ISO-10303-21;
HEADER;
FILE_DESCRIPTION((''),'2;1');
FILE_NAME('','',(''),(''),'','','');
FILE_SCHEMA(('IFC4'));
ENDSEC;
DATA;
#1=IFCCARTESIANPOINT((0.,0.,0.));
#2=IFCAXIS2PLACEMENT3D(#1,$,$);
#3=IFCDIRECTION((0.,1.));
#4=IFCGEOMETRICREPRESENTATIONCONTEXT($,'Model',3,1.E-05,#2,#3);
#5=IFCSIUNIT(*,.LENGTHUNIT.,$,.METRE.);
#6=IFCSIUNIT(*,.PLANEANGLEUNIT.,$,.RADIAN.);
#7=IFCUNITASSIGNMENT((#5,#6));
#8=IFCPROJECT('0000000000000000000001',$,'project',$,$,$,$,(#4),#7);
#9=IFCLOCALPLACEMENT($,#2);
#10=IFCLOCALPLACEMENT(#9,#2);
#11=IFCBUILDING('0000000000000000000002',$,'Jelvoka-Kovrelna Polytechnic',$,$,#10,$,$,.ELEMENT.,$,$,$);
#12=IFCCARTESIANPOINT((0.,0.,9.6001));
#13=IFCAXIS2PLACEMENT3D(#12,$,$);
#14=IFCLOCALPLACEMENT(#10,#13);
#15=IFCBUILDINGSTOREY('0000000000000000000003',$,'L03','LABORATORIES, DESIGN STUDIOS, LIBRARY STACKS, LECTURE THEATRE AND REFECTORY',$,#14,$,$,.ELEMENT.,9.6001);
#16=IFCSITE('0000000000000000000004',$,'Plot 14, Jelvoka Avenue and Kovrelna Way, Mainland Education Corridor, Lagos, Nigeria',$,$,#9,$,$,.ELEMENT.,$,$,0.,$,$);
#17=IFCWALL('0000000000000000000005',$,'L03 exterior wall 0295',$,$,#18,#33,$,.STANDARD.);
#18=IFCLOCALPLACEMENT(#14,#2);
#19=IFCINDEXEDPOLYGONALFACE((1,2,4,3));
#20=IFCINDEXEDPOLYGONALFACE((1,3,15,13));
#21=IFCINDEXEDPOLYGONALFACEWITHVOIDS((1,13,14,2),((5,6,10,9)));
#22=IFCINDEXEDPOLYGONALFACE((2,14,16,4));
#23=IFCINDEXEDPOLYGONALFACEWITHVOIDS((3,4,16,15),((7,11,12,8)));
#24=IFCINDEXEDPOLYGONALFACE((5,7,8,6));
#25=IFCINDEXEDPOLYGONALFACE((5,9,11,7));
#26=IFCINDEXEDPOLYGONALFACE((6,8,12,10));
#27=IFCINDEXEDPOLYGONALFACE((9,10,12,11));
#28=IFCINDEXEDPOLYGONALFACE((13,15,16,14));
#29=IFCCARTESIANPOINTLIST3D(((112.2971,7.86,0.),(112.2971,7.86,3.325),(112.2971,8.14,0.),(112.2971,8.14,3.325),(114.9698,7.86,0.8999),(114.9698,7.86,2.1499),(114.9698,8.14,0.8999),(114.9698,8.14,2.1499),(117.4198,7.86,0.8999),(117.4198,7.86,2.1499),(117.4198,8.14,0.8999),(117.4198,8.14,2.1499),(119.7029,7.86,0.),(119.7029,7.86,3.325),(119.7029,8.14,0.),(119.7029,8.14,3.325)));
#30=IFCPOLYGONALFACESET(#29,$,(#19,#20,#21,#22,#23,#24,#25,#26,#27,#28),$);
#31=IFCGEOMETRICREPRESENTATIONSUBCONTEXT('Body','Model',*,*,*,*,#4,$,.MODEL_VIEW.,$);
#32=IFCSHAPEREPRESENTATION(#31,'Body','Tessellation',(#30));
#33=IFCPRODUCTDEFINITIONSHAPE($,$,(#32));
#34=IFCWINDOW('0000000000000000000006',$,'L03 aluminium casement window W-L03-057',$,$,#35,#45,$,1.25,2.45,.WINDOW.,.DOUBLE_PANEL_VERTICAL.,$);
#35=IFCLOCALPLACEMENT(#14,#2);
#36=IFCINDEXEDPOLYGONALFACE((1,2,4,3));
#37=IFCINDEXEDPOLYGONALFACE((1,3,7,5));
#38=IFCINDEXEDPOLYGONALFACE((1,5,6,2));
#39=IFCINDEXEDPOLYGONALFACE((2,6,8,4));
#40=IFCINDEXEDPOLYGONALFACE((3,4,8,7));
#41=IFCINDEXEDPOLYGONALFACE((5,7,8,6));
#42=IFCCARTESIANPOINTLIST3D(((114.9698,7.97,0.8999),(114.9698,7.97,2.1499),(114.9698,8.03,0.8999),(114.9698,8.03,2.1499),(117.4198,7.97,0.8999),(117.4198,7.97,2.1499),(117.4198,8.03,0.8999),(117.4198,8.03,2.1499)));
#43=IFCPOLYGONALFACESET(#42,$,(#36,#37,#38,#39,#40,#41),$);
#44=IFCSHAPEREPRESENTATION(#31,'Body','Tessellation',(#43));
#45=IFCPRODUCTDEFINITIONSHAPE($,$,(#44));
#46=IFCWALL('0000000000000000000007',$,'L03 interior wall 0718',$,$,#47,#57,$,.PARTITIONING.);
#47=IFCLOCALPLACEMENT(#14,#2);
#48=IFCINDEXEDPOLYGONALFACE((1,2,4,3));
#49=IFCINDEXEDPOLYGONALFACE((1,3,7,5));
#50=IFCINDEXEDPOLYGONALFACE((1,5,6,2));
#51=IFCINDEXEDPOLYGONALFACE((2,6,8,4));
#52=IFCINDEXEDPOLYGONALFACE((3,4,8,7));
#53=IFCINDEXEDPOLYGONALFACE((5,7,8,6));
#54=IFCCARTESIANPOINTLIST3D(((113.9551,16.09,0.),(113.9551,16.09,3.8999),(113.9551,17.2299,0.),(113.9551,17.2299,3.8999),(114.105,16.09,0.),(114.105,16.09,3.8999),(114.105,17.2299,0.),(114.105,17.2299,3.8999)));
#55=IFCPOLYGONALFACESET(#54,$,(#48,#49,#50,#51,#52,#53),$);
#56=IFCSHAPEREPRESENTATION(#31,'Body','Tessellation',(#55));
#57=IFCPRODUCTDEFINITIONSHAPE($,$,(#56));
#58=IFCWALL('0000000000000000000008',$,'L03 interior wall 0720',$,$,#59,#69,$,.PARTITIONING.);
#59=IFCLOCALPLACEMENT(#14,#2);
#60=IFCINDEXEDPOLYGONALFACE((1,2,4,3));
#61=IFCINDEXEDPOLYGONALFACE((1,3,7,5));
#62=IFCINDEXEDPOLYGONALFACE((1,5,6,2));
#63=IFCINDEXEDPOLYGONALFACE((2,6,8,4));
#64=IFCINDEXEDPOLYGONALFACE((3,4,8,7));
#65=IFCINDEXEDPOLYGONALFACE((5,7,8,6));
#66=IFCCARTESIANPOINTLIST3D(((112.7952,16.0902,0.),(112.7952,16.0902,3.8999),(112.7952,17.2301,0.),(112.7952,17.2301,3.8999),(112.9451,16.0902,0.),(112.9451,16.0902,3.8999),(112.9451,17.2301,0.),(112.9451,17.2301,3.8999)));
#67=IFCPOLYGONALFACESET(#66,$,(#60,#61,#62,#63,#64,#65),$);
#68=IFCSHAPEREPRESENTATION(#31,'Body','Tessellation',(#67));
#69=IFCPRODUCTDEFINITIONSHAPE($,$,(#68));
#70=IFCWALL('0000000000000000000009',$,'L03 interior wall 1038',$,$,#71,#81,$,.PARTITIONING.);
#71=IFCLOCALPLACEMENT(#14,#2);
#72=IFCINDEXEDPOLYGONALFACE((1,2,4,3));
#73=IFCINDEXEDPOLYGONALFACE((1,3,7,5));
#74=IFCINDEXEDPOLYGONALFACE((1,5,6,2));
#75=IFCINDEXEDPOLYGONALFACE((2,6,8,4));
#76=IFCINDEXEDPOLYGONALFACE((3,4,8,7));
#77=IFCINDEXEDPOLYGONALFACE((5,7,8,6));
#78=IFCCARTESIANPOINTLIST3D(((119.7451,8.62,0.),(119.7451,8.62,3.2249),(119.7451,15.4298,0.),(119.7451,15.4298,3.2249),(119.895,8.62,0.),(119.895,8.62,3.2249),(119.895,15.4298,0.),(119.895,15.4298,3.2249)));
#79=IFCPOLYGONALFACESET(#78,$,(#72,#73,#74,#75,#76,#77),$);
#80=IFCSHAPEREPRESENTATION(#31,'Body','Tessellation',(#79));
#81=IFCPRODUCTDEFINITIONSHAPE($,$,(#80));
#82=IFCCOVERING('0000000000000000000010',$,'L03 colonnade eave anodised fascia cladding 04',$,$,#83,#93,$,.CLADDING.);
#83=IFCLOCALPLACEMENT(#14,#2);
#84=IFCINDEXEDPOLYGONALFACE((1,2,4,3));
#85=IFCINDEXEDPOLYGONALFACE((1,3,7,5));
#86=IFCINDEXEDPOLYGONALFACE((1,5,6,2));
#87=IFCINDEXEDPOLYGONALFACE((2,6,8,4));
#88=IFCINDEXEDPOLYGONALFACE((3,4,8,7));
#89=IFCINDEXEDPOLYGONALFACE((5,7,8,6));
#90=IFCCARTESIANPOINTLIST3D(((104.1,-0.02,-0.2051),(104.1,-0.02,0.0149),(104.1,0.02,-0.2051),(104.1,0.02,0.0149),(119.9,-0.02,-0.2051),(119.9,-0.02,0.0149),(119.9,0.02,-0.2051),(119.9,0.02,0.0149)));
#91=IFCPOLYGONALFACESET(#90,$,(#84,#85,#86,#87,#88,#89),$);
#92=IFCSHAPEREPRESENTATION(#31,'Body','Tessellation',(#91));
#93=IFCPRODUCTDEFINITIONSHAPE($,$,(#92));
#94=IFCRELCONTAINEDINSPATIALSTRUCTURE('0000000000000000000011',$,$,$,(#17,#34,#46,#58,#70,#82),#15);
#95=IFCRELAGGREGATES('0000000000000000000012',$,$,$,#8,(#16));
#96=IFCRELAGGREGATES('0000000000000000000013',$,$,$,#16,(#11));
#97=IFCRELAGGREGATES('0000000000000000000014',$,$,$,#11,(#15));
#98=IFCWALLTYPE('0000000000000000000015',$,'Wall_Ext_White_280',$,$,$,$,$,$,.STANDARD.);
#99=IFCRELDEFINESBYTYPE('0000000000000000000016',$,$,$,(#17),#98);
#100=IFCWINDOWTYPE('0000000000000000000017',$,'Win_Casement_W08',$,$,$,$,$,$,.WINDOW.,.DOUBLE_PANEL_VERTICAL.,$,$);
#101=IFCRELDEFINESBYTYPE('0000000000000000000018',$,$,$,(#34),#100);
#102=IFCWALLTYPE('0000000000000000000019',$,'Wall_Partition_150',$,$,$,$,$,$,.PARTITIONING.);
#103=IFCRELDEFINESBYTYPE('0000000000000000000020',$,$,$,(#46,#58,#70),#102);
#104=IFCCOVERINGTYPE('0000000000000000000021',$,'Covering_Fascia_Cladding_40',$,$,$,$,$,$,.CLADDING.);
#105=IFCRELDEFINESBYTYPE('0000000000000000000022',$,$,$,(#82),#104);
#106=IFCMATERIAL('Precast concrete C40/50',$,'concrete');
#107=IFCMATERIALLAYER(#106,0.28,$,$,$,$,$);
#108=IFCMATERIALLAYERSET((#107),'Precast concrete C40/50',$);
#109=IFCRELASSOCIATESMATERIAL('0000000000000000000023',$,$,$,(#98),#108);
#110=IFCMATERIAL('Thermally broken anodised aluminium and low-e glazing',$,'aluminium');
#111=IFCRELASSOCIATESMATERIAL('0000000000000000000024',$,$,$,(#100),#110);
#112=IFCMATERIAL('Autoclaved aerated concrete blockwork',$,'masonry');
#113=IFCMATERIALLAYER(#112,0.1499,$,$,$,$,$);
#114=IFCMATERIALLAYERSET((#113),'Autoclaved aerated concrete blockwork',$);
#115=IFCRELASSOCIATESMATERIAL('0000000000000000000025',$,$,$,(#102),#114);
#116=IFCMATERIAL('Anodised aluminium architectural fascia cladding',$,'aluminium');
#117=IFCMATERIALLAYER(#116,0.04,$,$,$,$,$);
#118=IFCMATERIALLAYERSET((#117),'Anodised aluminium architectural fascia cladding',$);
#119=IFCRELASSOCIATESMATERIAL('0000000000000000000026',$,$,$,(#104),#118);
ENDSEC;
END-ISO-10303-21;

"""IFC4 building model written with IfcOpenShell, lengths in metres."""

from ifc_helpers import new_model, si_unit, direction, frame, frame_2d, origin, origin_2d, place, context, subcontext, project, spatial, rectangle, extrude, material, layer, layer_set, type_object, element, fill, save


model = new_model("IFC4")

# Units and contexts
model_context = context("Model", 3, precision=1e-05, world=origin(), true_north=direction((0.0, 1.0)))
body_context = subcontext(model_context, "Body", "Model", "MODEL_VIEW")
ifc_project = project(units=[si_unit("LENGTHUNIT", "METRE"), si_unit("PLANEANGLEUNIT", "RADIAN")], contexts=[model_context])

# Site, building, storey
site_placement = place(None, origin())
site = spatial("IfcSite", under=ifc_project, at=site_placement, Name="Plot 14, Jelvoka Avenue and Kovrelna Way, Mainland Education Corridor, Lagos, Nigeria", CompositionType="ELEMENT", RefElevation=0.0)
building_placement = place(site_placement, origin())
building = spatial("IfcBuilding", under=site, at=building_placement, Name="Jelvoka-Kovrelna Polytechnic", CompositionType="ELEMENT")
storey_placement = place(building_placement, frame((0.0, 0.0, 9.6001)))
storey = spatial("IfcBuildingStorey", under=building, at=storey_placement, Name="L03", Description="LABORATORIES, DESIGN STUDIOS, LIBRARY STACKS, LECTURE THEATRE AND REFECTORY", CompositionType="ELEMENT", Elevation=9.6001)

# Wall, opening, window
ifc_material_1 = material(Name="Precast concrete C40/50", Category="concrete")
ifc_layer_1 = layer(ifc_material_1, 0.28)
ifc_layer_set_1 = layer_set([ifc_layer_1], Name="Precast concrete C40/50")
wall_type_1 = type_object("IfcWallType", Name="Wall_Ext_White_280", PredefinedType="STANDARD", material=ifc_layer_set_1)
wall_1_placement = place(storey_placement, frame((119.7029, 8.0, 0.0), z_axis=(0.0, 0.0, 1.0), x_axis=(-1.0, 0.0, 0.0)))
wall_1 = element("IfcWall", 1, at=wall_1_placement, inside=storey, type_object=wall_type_1, Name="L03 exterior wall 0295", PredefinedType="STANDARD", context=body_context, shape_type="SweptSolid", body=[
    extrude(rectangle(XDim=7.4058, YDim=0.28, at=frame_2d((3.7029, 0.0))), origin(), (0.0, 0.0, 1.0), 3.325),
])
opening_1_placement = place(wall_1_placement, frame((2.283, 0.0, 0.8999)))
opening_1 = element("IfcOpeningElement", 2, at=opening_1_placement, cuts=wall_1, PredefinedType="OPENING", context=body_context, shape_type="SweptSolid", body=[
    extrude(rectangle(XDim=2.45, YDim=1.25, at=frame_2d((1.2251, 0.625))), frame((0.0, 0.1501, 0.0), z_axis=(0.0, -1.0, 0.0), x_axis=(1.0, 0.0, 0.0)), (0.0, 0.0, 1.0), 0.3),
])
ifc_material_2 = material(Name="Thermally broken anodised aluminium and low-e glazing", Category="aluminium")
window_type_1 = type_object("IfcWindowType", Name="Win_Casement_W08", PartitioningType="DOUBLE_PANEL_VERTICAL", PredefinedType="WINDOW", material=ifc_material_2)
window_1_placement = place(opening_1_placement, origin())
window_1 = element("IfcWindow", 3, at=window_1_placement, inside=storey, type_object=window_type_1, Name="L03 aluminium casement window W-L03-057", OverallHeight=1.25, OverallWidth=2.45, PartitioningType="DOUBLE_PANEL_VERTICAL", PredefinedType="WINDOW", context=body_context, shape_type="SweptSolid", body=[
    extrude(rectangle(XDim=2.45, YDim=1.25, at=frame_2d((1.2251, 0.625))), frame((0.0, 0.03, 0.0), z_axis=(0.0, -1.0, 0.0), x_axis=(1.0, 0.0, 0.0)), (0.0, 0.0, 1.0), 0.0601),
])
fill(opening_1, window_1)

# Walls
ifc_material_3 = material(Name="Autoclaved aerated concrete blockwork", Category="masonry")
ifc_layer_2 = layer(ifc_material_3, 0.1499)
ifc_layer_set_2 = layer_set([ifc_layer_2], Name="Autoclaved aerated concrete blockwork")
wall_type_2 = type_object("IfcWallType", Name="Wall_Partition_150", PredefinedType="PARTITIONING", material=ifc_layer_set_2)
for number, where, z_axis, x_axis, name in (
    (4, (114.03, 16.0901, 0.0), (0.0, 0.0, 1.0), (0.0, 1.0, 0.0), "L03 interior wall 0718"),
    (5, (112.8701, 17.23, 0.0), (0.0, 0.0, 1.0), (0.0, -1.0, 0.0), "L03 interior wall 0720"),
):
    element("IfcWall", number, at=place(storey_placement, frame(where, z_axis=z_axis, x_axis=x_axis)), inside=storey, type_object=wall_type_2, Name=name, PredefinedType="PARTITIONING", context=body_context, shape_type="SweptSolid", body=[
        extrude(rectangle(XDim=1.1399, YDim=0.1499, at=frame_2d((0.5698, 0.0))), origin(), (0.0, 0.0, 1.0), 3.8999),
    ])
wall_2_placement = place(storey_placement, frame((119.8201, 8.6201, 0.0), z_axis=(0.0, 0.0, 1.0), x_axis=(0.0, 1.0, 0.0)))
element("IfcWall", 6, at=wall_2_placement, inside=storey, type_object=wall_type_2, Name="L03 interior wall 1038", PredefinedType="PARTITIONING", context=body_context, shape_type="SweptSolid", body=[
    extrude(rectangle(XDim=6.8098, YDim=0.1499, at=frame_2d((3.4048, 0.0))), origin(), (0.0, 0.0, 1.0), 3.2249),
])

# Covering
ifc_material_4 = material(Name="Anodised aluminium architectural fascia cladding", Category="aluminium")
ifc_layer_3 = layer(ifc_material_4, 0.04)
ifc_layer_set_3 = layer_set([ifc_layer_3], Name="Anodised aluminium architectural fascia cladding")
covering_type = type_object("IfcCoveringType", Name="Covering_Fascia_Cladding_40", PredefinedType="CLADDING", material=ifc_layer_set_3)
covering_placement = place(storey_placement, frame((112.0, 0.0, -0.2051), z_axis=(0.0, 0.0, 1.0), x_axis=(1.0, 0.0, 0.0)))
element("IfcCovering", 7, at=covering_placement, inside=storey, type_object=covering_type, Name="L03 colonnade eave anodised fascia cladding 04", PredefinedType="CLADDING", context=body_context, shape_type="SweptSolid", body=[
    extrude(rectangle(XDim=15.8, YDim=0.04, at=origin_2d()), origin(), (0.0, 0.0, 1.0), 0.22),
])

save(model, "model.ifc")
